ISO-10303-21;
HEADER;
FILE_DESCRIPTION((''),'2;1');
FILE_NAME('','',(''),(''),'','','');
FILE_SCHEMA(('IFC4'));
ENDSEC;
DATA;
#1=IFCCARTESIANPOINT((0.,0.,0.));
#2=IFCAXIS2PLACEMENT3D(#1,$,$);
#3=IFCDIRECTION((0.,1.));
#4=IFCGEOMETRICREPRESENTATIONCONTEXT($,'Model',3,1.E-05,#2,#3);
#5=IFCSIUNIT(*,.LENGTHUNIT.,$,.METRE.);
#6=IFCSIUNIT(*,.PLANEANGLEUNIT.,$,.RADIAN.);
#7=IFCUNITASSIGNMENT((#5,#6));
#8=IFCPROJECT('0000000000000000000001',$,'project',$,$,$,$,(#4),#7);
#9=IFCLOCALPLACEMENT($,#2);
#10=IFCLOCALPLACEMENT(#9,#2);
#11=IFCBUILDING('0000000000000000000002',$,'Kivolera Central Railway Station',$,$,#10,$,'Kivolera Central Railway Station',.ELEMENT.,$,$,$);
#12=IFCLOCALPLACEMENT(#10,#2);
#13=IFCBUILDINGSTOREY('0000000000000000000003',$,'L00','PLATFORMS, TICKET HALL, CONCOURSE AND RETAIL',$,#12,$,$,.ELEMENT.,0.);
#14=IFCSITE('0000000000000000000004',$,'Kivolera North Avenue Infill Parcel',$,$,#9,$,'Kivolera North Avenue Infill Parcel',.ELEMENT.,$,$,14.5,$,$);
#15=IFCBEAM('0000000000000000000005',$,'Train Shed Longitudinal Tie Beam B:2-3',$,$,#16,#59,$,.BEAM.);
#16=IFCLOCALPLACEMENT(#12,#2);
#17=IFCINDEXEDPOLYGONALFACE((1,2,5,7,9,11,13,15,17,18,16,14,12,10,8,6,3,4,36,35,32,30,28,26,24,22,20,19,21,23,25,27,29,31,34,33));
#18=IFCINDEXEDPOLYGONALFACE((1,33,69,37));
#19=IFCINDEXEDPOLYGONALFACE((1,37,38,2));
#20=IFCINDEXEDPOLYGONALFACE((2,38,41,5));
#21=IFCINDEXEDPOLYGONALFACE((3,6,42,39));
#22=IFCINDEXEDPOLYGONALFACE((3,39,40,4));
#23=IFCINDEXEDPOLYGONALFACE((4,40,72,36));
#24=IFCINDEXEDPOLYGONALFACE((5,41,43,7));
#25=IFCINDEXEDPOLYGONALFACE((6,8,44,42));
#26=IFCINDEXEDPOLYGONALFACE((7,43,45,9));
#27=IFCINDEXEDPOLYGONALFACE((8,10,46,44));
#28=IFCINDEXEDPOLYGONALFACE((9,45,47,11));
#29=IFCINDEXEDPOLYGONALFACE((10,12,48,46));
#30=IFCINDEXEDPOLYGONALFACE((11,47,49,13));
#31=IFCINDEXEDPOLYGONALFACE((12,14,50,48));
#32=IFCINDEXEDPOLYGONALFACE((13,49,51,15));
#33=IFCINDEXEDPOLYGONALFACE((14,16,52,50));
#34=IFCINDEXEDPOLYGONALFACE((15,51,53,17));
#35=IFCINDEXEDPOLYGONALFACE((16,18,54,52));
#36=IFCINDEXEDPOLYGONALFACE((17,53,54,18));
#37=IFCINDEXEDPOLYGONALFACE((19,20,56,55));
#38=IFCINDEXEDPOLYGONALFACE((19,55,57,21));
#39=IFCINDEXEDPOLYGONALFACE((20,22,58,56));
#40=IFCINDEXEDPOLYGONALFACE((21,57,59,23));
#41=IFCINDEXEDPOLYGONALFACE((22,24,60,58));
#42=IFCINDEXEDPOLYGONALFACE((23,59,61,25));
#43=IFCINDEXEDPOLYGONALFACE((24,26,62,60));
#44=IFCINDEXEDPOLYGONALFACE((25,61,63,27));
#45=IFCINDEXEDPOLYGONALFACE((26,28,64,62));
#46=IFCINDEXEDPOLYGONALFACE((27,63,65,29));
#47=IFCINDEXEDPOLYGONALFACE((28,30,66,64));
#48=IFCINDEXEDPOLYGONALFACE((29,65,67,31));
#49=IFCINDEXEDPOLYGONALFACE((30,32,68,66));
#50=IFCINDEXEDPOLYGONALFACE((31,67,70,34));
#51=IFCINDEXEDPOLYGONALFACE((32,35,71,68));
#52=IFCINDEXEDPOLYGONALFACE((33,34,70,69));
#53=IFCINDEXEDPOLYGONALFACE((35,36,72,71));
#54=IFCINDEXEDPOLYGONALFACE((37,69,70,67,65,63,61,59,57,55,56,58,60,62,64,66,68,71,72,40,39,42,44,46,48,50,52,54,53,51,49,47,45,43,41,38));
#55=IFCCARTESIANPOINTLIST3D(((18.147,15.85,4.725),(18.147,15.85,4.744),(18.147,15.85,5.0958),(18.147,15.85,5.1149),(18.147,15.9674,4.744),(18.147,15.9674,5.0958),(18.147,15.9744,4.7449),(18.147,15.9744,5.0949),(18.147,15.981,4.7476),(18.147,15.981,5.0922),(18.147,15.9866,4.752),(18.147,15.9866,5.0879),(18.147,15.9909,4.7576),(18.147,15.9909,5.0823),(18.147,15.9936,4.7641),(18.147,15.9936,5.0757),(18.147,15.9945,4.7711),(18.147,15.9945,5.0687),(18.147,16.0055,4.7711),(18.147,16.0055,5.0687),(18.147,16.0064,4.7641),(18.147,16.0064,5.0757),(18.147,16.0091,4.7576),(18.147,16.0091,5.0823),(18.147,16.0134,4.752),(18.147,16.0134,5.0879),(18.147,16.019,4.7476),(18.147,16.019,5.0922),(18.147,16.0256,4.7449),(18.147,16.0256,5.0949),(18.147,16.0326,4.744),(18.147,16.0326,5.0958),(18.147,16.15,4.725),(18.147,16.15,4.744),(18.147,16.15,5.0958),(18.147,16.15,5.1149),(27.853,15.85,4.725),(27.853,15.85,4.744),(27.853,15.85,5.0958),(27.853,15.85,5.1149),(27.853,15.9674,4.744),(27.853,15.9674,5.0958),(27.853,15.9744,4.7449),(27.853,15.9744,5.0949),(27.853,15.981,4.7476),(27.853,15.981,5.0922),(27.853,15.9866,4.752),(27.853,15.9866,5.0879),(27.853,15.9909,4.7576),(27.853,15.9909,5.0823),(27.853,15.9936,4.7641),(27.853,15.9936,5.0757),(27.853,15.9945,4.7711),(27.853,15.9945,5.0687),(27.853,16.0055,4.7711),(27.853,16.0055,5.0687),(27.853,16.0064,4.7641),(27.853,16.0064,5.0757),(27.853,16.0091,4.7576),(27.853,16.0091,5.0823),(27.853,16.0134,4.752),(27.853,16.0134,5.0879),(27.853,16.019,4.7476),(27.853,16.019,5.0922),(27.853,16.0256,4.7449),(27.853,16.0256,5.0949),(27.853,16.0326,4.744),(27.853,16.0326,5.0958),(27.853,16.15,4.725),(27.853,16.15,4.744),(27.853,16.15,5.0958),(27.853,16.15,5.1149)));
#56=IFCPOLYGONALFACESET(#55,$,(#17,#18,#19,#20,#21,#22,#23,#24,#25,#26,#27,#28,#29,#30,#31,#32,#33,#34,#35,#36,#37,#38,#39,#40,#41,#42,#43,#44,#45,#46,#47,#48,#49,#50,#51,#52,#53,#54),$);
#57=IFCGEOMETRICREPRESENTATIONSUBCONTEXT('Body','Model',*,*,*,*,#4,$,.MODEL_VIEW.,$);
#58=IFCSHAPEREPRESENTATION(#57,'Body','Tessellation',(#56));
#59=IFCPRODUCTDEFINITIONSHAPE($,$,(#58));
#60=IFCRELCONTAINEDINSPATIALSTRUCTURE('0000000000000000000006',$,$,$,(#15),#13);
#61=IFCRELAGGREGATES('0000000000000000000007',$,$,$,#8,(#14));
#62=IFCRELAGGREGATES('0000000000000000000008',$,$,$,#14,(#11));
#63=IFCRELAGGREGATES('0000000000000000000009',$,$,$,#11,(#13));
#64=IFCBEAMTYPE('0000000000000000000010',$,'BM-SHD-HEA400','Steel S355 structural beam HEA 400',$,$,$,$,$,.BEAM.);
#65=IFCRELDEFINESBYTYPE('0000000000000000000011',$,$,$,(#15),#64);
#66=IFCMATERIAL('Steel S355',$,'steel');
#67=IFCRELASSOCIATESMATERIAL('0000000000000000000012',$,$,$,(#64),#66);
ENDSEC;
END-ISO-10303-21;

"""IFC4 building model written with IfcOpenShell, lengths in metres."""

from ifc_helpers import new_model, si_unit, direction, frame, origin, origin_2d, place, context, subcontext, project, spatial, i_section, extrude, material, material_profile, profile_set, type_object, element, save


model = new_model("IFC4")

# Units and contexts
model_context = context("Model", 3, precision=1e-05, world=origin(), true_north=direction((0.0, 1.0)))
body_context = subcontext(model_context, "Body", "Model", "MODEL_VIEW")
ifc_project = project(units=[si_unit("LENGTHUNIT", "METRE"), si_unit("PLANEANGLEUNIT", "RADIAN")], contexts=[model_context])

# Site, building, storey
site_placement = place(None, origin())
site = spatial("IfcSite", under=ifc_project, at=site_placement, Name="Kivolera North Avenue Infill Parcel", LongName="Kivolera North Avenue Infill Parcel", CompositionType="ELEMENT", RefElevation=14.5)
building_placement = place(site_placement, origin())
building = spatial("IfcBuilding", under=site, at=building_placement, Name="Kivolera Central Railway Station", LongName="Kivolera Central Railway Station", CompositionType="ELEMENT")
storey_placement = place(building_placement, origin())
storey = spatial("IfcBuildingStorey", under=building, at=storey_placement, Name="L00", Description="PLATFORMS, TICKET HALL, CONCOURSE AND RETAIL", CompositionType="ELEMENT", Elevation=0.0)

# Shared definitions
ifc_material_1 = material(Name="Steel S355", Category="steel")

# Beam
ifc_material_profile_1 = material_profile(ifc_material_1, i_section(OverallWidth=0.3, OverallDepth=0.3899, WebThickness=0.011, FlangeThickness=0.019, FilletRadius=0.0271, at=origin_2d()), Name="HEA 400")
ifc_profile_set_1 = profile_set([ifc_material_profile_1], Name="Steel S355")
beam_type = type_object("IfcBeamType", Name="BM-SHD-HEA400", Description="Steel S355 structural beam HEA 400", PredefinedType="BEAM", material=ifc_profile_set_1)
beam_placement = place(storey_placement, frame((18.147, 16.0, 4.9199), z_axis=(1.0, 0.0, 0.0), x_axis=(0.0, 1.0, 0.0)))
element("IfcBeam", 1, at=beam_placement, inside=storey, type_object=beam_type, Name="Train Shed Longitudinal Tie Beam B:2-3", PredefinedType="BEAM", context=body_context, shape_type="SweptSolid", body=[
    extrude(i_section(OverallWidth=0.3, OverallDepth=0.3899, WebThickness=0.011, FlangeThickness=0.019, FilletRadius=0.0271, at=origin_2d()), origin(), (0.0, 0.0, 1.0), 9.7061),
])

save(model, "model.ifc")
